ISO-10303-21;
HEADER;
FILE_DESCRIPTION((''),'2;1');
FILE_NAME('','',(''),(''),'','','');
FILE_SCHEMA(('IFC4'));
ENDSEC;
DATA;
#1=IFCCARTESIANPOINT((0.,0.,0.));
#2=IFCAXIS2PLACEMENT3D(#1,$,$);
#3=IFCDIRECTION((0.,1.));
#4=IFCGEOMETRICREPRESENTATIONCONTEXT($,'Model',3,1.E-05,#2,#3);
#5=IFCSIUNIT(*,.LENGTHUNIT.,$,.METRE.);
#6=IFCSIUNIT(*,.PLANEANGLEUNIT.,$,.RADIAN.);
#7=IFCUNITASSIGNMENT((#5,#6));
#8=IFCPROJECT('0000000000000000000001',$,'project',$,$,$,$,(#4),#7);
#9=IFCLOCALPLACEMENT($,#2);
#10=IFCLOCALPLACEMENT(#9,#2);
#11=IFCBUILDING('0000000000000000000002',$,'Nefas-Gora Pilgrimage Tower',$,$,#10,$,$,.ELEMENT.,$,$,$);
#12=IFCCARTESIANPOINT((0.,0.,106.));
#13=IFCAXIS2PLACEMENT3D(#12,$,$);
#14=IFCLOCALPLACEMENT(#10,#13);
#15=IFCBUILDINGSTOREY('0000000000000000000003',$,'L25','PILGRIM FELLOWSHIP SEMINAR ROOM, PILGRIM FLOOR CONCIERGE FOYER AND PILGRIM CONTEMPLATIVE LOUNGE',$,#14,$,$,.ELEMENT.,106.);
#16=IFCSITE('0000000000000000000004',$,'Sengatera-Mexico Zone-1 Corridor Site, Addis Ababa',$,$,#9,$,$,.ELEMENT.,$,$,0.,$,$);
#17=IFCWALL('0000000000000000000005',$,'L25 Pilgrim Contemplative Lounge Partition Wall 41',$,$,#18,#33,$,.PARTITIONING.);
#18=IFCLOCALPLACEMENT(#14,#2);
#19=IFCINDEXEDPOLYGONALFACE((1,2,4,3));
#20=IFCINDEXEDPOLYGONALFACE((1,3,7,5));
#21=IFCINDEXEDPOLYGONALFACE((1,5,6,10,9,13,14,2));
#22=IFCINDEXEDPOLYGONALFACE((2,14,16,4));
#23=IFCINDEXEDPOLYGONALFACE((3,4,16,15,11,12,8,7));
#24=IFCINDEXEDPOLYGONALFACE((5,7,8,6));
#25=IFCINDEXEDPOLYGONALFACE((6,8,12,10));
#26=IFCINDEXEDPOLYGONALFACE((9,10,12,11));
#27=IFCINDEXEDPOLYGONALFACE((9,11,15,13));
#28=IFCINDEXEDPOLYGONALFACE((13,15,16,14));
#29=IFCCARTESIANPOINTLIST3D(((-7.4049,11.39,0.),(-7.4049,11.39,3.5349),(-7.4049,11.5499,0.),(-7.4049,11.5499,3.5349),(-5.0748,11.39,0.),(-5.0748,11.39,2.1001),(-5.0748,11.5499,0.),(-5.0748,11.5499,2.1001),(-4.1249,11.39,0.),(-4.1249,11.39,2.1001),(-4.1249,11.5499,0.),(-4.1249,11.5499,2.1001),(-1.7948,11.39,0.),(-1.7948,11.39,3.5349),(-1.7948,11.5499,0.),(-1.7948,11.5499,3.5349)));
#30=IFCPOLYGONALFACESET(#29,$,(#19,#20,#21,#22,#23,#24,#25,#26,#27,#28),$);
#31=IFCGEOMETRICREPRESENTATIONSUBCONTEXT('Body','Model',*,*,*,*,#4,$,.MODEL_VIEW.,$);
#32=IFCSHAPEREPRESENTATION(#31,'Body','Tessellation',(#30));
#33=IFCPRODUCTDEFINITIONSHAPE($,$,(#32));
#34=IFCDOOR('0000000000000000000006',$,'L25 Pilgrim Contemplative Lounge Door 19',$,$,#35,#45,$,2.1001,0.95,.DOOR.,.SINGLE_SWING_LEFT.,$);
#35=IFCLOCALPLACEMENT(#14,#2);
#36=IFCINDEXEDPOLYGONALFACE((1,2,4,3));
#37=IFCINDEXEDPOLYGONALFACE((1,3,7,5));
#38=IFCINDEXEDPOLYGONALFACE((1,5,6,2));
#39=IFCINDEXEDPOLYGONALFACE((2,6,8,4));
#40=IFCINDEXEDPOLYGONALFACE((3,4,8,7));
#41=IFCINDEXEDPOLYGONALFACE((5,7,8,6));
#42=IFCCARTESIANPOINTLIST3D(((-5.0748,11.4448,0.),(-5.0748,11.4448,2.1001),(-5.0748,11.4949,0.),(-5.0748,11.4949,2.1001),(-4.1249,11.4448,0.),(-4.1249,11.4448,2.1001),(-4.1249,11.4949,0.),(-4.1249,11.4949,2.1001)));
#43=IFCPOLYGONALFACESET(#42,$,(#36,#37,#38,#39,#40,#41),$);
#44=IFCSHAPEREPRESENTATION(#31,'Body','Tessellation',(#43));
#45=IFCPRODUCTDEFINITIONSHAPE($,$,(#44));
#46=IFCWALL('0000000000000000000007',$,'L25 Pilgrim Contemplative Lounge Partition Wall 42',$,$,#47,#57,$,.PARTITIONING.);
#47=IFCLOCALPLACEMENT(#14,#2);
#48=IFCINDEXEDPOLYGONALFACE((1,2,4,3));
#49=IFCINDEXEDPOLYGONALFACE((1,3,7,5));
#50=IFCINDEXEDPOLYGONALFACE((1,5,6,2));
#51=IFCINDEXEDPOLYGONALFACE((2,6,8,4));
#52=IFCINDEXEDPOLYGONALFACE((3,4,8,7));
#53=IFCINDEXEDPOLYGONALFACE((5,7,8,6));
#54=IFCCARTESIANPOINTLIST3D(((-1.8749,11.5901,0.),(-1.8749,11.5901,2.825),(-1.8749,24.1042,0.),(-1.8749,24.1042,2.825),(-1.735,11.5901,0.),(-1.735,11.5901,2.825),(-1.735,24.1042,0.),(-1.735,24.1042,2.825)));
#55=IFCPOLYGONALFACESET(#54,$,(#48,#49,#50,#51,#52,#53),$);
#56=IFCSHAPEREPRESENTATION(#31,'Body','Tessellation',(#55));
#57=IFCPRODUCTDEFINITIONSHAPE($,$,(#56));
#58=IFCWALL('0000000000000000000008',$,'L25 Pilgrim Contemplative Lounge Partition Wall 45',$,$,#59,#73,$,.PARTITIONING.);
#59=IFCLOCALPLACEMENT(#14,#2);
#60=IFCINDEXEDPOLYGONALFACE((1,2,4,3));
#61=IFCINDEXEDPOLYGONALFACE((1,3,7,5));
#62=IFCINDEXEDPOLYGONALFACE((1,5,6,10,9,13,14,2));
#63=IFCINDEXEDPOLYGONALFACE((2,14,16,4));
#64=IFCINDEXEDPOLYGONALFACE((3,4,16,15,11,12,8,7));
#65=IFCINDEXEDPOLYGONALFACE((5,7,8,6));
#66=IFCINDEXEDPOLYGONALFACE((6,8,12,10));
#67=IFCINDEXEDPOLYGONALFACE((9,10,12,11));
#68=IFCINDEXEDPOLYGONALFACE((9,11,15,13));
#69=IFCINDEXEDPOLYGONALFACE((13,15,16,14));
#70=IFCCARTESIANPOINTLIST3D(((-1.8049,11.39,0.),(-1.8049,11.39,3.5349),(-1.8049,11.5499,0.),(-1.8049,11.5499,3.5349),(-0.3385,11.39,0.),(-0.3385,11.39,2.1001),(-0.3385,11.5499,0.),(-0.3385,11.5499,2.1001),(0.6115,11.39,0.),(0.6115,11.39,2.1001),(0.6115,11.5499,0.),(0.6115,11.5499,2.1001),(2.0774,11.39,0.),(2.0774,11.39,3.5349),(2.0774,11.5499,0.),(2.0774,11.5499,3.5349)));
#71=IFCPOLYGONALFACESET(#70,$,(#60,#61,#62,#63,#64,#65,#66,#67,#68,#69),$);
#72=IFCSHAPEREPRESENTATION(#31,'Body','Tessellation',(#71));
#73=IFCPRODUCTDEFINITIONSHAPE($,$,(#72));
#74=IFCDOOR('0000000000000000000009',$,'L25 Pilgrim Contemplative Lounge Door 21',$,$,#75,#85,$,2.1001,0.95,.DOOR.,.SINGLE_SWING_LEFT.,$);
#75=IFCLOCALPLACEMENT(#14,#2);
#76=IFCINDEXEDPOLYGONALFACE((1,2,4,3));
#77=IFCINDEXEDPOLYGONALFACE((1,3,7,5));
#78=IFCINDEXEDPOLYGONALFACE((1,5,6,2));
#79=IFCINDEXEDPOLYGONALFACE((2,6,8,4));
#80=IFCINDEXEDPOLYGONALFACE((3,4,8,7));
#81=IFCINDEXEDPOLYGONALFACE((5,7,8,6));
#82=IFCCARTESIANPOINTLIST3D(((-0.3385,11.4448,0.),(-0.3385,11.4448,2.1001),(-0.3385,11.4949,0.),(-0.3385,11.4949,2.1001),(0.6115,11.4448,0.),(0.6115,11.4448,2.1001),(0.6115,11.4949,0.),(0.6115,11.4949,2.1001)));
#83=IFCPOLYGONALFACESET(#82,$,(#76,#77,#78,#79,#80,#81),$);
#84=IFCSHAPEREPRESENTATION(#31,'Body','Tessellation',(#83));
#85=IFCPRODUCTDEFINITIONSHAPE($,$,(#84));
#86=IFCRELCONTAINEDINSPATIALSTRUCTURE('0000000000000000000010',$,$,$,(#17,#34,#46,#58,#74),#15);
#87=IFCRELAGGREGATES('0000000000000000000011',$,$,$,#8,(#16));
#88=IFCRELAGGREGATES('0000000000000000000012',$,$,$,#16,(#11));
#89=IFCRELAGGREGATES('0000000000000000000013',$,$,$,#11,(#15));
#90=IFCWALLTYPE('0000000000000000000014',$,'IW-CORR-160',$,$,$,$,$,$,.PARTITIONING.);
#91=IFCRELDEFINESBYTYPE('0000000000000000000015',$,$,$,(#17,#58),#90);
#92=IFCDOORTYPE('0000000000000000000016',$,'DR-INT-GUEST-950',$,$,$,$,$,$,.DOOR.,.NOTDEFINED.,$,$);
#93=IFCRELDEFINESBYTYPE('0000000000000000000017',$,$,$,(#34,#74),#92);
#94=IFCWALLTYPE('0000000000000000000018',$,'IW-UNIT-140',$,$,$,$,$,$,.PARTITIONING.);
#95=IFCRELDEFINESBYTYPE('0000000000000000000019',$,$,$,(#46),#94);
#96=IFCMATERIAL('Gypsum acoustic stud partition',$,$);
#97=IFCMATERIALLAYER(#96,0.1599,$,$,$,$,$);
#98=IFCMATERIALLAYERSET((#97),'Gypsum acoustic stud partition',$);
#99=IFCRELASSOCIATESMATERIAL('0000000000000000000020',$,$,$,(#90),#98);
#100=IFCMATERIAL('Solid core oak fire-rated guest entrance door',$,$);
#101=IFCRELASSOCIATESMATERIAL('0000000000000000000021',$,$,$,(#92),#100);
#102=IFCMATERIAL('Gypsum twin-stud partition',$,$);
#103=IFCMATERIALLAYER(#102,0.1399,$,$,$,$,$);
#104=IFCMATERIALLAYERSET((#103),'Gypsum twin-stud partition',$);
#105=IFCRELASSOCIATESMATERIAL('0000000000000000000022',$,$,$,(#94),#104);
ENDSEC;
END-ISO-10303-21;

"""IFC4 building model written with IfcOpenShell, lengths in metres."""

from ifc_helpers import new_model, si_unit, direction, frame, frame_2d, origin, place, context, subcontext, project, spatial, rectangle, extrude, source, transform, mapped, material, layer, layer_set, type_object, element, fill, save


model = new_model("IFC4")

# Units and contexts
model_context = context("Model", 3, precision=1e-05, world=origin(), true_north=direction((0.0, 1.0)))
body_context = subcontext(model_context, "Body", "Model", "MODEL_VIEW")
ifc_project = project(units=[si_unit("LENGTHUNIT", "METRE"), si_unit("PLANEANGLEUNIT", "RADIAN")], contexts=[model_context])

# Site, building, storey
site_placement = place(None, origin())
site = spatial("IfcSite", under=ifc_project, at=site_placement, Name="Sengatera-Mexico Zone-1 Corridor Site, Addis Ababa", CompositionType="ELEMENT", RefElevation=0.0)
building_placement = place(site_placement, origin())
building = spatial("IfcBuilding", under=site, at=building_placement, Name="Nefas-Gora Pilgrimage Tower", CompositionType="ELEMENT")
storey_placement = place(building_placement, frame((0.0, 0.0, 106.0)))
storey = spatial("IfcBuildingStorey", under=building, at=storey_placement, Name="L25", Description="PILGRIM FELLOWSHIP SEMINAR ROOM, PILGRIM FLOOR CONCIERGE FOYER AND PILGRIM CONTEMPLATIVE LOUNGE", CompositionType="ELEMENT", Elevation=106.0)

# Wall, opening, door
ifc_material_1 = material(Name="Gypsum acoustic stud partition")
ifc_layer_1 = layer(ifc_material_1, 0.1599)
ifc_layer_set_1 = layer_set([ifc_layer_1], Name="Gypsum acoustic stud partition")
wall_type_1 = type_object("IfcWallType", Name="IW-CORR-160", PredefinedType="PARTITIONING", material=ifc_layer_set_1)
shared_shape_1 = source(origin(), body_context, "Body", "SweptSolid", [
    extrude(rectangle(XDim=5.6101, YDim=0.1599, at=frame_2d((2.8052, 0.0))), origin(), (0.0, 0.0, 1.0), 3.5349),
])
wall_1_placement = place(storey_placement, frame((-7.405, 11.47, 0.0), z_axis=(0.0, 0.0, 1.0), x_axis=(1.0, 0.0, 0.0)))
wall_1 = element("IfcWall", 1, at=wall_1_placement, inside=storey, type_object=wall_type_1, Name="L25 Pilgrim Contemplative Lounge Partition Wall 41", PredefinedType="PARTITIONING", context=body_context, shape_type="MappedRepresentation", body=[
    mapped(shared_shape_1, transform((0.0, 0.0, 0.0), x_axis=(1.0, 0.0, 0.0), y_axis=(0.0, 1.0, 0.0), z_axis=(0.0, 0.0, 1.0), scale=1.0)),
])
opening_1_placement = place(wall_1_placement, frame((2.3301, 0.0, 0.0)))
opening_1 = element("IfcOpeningElement", 2, at=opening_1_placement, cuts=wall_1, PredefinedType="OPENING", context=body_context, shape_type="SweptSolid", body=[
    extrude(rectangle(XDim=0.95, YDim=2.1001, at=frame_2d((0.4751, 1.05))), frame((0.0, 0.0898, 0.0), z_axis=(0.0, -1.0, 0.0), x_axis=(1.0, 0.0, 0.0)), (0.0, 0.0, 1.0), 0.1799),
])
ifc_material_2 = material(Name="Solid core oak fire-rated guest entrance door")
door_type_1 = type_object("IfcDoorType", Name="DR-INT-GUEST-950", OperationType="NOTDEFINED", PredefinedType="DOOR", material=ifc_material_2)
shared_shape_2 = source(origin(), body_context, "Body", "SweptSolid", [
    extrude(rectangle(XDim=0.95, YDim=2.1001, at=frame_2d((0.4751, 1.05))), frame((0.0, 0.0249, 0.0), z_axis=(0.0, -1.0, 0.0), x_axis=(1.0, 0.0, 0.0)), (0.0, 0.0, 1.0), 0.05),
])
door_1_placement = place(opening_1_placement, origin())
door_1 = element("IfcDoor", 3, at=door_1_placement, inside=storey, type_object=door_type_1, Name="L25 Pilgrim Contemplative Lounge Door 19", OperationType="SINGLE_SWING_LEFT", OverallHeight=2.1001, OverallWidth=0.95, PredefinedType="DOOR", context=body_context, shape_type="MappedRepresentation", body=[
    mapped(shared_shape_2, transform((0.0, 0.0, 0.0), x_axis=(1.0, 0.0, 0.0), y_axis=(0.0, 1.0, 0.0), z_axis=(0.0, 0.0, 1.0), scale=1.0)),
])
fill(opening_1, door_1)

# Wall
ifc_material_3 = material(Name="Gypsum twin-stud partition")
ifc_layer_2 = layer(ifc_material_3, 0.1399)
ifc_layer_set_2 = layer_set([ifc_layer_2], Name="Gypsum twin-stud partition")
wall_type_2 = type_object("IfcWallType", Name="IW-UNIT-140", PredefinedType="PARTITIONING", material=ifc_layer_set_2)
shared_shape_3 = source(origin(), body_context, "Body", "SweptSolid", [
    extrude(rectangle(XDim=12.5142, YDim=0.1399, at=frame_2d((6.2571, 0.0))), origin(), (0.0, 0.0, 1.0), 2.825),
])
wall_2_placement = place(storey_placement, frame((-1.8049, 11.5901, 0.0), z_axis=(0.0, 0.0, 1.0), x_axis=(0.0, 1.0, 0.0)))
element("IfcWall", 4, at=wall_2_placement, inside=storey, type_object=wall_type_2, Name="L25 Pilgrim Contemplative Lounge Partition Wall 42", PredefinedType="PARTITIONING", context=body_context, shape_type="MappedRepresentation", body=[
    mapped(shared_shape_3, transform((0.0, 0.0, 0.0), x_axis=(1.0, 0.0, 0.0), y_axis=(0.0, 1.0, 0.0), z_axis=(0.0, 0.0, 1.0), scale=1.0)),
])

# Wall, opening, door
shared_shape_4 = source(origin(), body_context, "Body", "SweptSolid", [
    extrude(rectangle(XDim=3.8823, YDim=0.1599, at=frame_2d((1.9412, 0.0))), origin(), (0.0, 0.0, 1.0), 3.5349),
])
wall_3_placement = place(storey_placement, frame((-1.8049, 11.47, 0.0), z_axis=(0.0, 0.0, 1.0), x_axis=(1.0, 0.0, 0.0)))
wall_3 = element("IfcWall", 5, at=wall_3_placement, inside=storey, type_object=wall_type_1, Name="L25 Pilgrim Contemplative Lounge Partition Wall 45", PredefinedType="PARTITIONING", context=body_context, shape_type="MappedRepresentation", body=[
    mapped(shared_shape_4, transform((0.0, 0.0, 0.0), x_axis=(1.0, 0.0, 0.0), y_axis=(0.0, 1.0, 0.0), z_axis=(0.0, 0.0, 1.0), scale=1.0)),
])
opening_2_placement = place(wall_3_placement, frame((1.4663, 0.0, 0.0)))
opening_2 = element("IfcOpeningElement", 6, at=opening_2_placement, cuts=wall_3, PredefinedType="OPENING", context=body_context, shape_type="SweptSolid", body=[
    extrude(rectangle(XDim=0.95, YDim=2.1001, at=frame_2d((0.4751, 1.05))), frame((0.0, 0.0898, 0.0), z_axis=(0.0, -1.0, 0.0), x_axis=(1.0, 0.0, 0.0)), (0.0, 0.0, 1.0), 0.1799),
])
door_2_placement = place(opening_2_placement, origin())
door_2 = element("IfcDoor", 7, at=door_2_placement, inside=storey, type_object=door_type_1, Name="L25 Pilgrim Contemplative Lounge Door 21", OperationType="SINGLE_SWING_LEFT", OverallHeight=2.1001, OverallWidth=0.95, PredefinedType="DOOR", context=body_context, shape_type="MappedRepresentation", body=[
    mapped(shared_shape_2, transform((0.0, 0.0, 0.0), x_axis=(1.0, 0.0, 0.0), y_axis=(0.0, 1.0, 0.0), z_axis=(0.0, 0.0, 1.0), scale=1.0)),
])
fill(opening_2, door_2)

save(model, "model.ifc")
